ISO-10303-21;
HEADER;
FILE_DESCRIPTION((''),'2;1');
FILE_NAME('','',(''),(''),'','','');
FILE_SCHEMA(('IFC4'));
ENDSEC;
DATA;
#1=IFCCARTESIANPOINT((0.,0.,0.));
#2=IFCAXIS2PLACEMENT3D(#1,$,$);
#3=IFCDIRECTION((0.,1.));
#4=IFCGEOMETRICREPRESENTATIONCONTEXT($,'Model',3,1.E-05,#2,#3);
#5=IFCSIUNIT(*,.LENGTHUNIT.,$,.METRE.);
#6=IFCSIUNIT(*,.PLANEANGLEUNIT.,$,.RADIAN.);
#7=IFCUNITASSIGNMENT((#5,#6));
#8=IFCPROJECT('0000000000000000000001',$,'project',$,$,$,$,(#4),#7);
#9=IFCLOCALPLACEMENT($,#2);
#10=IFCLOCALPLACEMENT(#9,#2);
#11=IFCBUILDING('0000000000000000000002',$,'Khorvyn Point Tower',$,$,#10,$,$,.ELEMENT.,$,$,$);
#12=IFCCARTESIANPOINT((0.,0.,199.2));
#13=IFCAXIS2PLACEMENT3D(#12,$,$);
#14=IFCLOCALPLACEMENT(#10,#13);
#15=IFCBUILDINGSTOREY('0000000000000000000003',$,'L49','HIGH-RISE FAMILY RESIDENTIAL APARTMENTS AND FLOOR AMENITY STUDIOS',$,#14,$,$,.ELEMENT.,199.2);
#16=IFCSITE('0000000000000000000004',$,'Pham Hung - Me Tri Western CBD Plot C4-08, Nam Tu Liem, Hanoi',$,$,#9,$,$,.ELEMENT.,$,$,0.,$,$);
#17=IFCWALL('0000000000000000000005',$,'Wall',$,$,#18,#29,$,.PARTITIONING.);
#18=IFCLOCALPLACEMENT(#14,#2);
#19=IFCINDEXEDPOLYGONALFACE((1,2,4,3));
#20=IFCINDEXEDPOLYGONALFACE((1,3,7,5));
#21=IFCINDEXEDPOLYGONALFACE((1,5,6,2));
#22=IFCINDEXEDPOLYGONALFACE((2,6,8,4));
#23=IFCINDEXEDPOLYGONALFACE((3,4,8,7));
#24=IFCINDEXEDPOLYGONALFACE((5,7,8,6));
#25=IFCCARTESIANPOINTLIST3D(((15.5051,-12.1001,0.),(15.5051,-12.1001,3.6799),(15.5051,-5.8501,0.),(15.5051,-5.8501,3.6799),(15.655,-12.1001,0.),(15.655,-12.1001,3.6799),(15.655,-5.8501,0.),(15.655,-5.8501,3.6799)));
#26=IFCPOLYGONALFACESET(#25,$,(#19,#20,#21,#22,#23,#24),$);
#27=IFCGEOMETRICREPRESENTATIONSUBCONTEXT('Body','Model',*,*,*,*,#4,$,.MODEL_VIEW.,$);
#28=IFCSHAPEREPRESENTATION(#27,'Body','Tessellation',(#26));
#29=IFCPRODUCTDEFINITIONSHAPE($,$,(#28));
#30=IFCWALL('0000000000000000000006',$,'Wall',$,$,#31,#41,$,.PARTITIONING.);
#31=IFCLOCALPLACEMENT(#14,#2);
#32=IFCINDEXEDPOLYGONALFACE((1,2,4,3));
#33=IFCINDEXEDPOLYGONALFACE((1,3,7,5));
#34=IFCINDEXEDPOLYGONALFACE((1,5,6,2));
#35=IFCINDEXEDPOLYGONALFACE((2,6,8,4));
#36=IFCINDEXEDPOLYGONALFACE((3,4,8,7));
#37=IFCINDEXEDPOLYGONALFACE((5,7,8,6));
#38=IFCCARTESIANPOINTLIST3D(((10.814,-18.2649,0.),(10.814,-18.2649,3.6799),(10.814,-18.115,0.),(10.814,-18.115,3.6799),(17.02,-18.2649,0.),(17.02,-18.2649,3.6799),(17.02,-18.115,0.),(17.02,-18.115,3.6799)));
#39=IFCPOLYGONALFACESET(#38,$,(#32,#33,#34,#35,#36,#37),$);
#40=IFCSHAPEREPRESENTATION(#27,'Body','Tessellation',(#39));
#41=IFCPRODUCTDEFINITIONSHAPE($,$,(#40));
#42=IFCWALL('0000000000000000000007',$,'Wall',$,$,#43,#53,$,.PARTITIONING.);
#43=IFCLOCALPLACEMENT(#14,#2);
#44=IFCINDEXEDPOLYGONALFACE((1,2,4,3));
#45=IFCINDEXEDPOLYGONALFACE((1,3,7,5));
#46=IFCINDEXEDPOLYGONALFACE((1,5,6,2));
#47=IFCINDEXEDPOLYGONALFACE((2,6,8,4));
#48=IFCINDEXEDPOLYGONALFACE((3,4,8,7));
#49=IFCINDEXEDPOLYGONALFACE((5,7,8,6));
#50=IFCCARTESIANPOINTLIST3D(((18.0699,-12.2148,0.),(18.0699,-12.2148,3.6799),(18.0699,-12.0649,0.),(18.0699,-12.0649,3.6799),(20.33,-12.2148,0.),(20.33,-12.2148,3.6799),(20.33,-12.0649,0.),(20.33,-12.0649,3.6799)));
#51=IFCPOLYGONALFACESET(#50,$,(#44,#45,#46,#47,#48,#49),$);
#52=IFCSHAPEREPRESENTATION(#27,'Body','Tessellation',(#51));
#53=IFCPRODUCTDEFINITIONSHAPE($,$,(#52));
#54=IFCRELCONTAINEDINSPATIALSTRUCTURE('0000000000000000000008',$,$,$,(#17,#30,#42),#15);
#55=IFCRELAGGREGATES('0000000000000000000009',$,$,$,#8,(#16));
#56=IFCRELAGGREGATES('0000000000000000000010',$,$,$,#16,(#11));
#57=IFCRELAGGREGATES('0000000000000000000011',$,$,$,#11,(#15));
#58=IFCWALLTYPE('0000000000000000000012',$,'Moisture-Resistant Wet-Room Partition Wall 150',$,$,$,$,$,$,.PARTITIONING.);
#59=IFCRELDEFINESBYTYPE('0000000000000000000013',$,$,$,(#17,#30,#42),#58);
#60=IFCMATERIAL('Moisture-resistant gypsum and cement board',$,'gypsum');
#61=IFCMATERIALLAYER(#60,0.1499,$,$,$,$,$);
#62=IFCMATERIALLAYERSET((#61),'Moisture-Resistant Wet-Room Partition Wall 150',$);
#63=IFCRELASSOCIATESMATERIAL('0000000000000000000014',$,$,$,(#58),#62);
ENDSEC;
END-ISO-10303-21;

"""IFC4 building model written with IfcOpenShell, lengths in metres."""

from ifc_helpers import new_model, si_unit, direction, frame, frame_2d, origin, place, context, subcontext, project, spatial, rectangle, extrude, material, layer, layer_set, type_object, element, save


model = new_model("IFC4")

# Units and contexts
model_context = context("Model", 3, precision=1e-05, world=origin(), true_north=direction((0.0, 1.0)))
body_context = subcontext(model_context, "Body", "Model", "MODEL_VIEW")
ifc_project = project(units=[si_unit("LENGTHUNIT", "METRE"), si_unit("PLANEANGLEUNIT", "RADIAN")], contexts=[model_context])

# Site, building, storey
site_placement = place(None, origin())
site = spatial("IfcSite", under=ifc_project, at=site_placement, Name="Pham Hung - Me Tri Western CBD Plot C4-08, Nam Tu Liem, Hanoi", CompositionType="ELEMENT", RefElevation=0.0)
building_placement = place(site_placement, origin())
building = spatial("IfcBuilding", under=site, at=building_placement, Name="Khorvyn Point Tower", CompositionType="ELEMENT")
storey_placement = place(building_placement, frame((0.0, 0.0, 199.2)))
storey = spatial("IfcBuildingStorey", under=building, at=storey_placement, Name="L49", Description="HIGH-RISE FAMILY RESIDENTIAL APARTMENTS AND FLOOR AMENITY STUDIOS", CompositionType="ELEMENT", Elevation=199.2)

# Shared definitions
ifc_material_1 = material(Name="Moisture-resistant gypsum and cement board", Category="gypsum")
ifc_layer_1 = layer(ifc_material_1, 0.1499)
ifc_layer_set_1 = layer_set([ifc_layer_1], Name="Moisture-Resistant Wet-Room Partition Wall 150")
wall_type = type_object("IfcWallType", Name="Moisture-Resistant Wet-Room Partition Wall 150", PredefinedType="PARTITIONING", material=ifc_layer_set_1)

# Walls
wall_1_placement = place(storey_placement, frame((15.5801, -12.1001, 0.0), z_axis=(0.0, 0.0, 1.0), x_axis=(0.0, 1.0, 0.0)))
element("IfcWall", 1, at=wall_1_placement, inside=storey, type_object=wall_type, Name="Wall", PredefinedType="PARTITIONING", context=body_context, shape_type="SweptSolid", body=[
    extrude(rectangle(XDim=6.25, YDim=0.1499, at=frame_2d((3.125, 0.0))), origin(), (0.0, 0.0, 1.0), 3.6799),
])
wall_2_placement = place(storey_placement, frame((10.814, -18.1899, 0.0), z_axis=(0.0, 0.0, 1.0), x_axis=(1.0, 0.0, 0.0)))
element("IfcWall", 2, at=wall_2_placement, inside=storey, type_object=wall_type, Name="Wall", PredefinedType="PARTITIONING", context=body_context, shape_type="SweptSolid", body=[
    extrude(rectangle(XDim=6.2061, YDim=0.1499, at=frame_2d((3.103, 0.0))), origin(), (0.0, 0.0, 1.0), 3.6799),
])
wall_3_placement = place(storey_placement, frame((18.0701, -12.1399, 0.0), z_axis=(0.0, 0.0, 1.0), x_axis=(1.0, 0.0, 0.0)))
element("IfcWall", 3, at=wall_3_placement, inside=storey, type_object=wall_type, Name="Wall", PredefinedType="PARTITIONING", context=body_context, shape_type="SweptSolid", body=[
    extrude(rectangle(XDim=2.26, YDim=0.1499, at=frame_2d((1.1299, 0.0))), origin(), (0.0, 0.0, 1.0), 3.6799),
])

save(model, "model.ifc")
